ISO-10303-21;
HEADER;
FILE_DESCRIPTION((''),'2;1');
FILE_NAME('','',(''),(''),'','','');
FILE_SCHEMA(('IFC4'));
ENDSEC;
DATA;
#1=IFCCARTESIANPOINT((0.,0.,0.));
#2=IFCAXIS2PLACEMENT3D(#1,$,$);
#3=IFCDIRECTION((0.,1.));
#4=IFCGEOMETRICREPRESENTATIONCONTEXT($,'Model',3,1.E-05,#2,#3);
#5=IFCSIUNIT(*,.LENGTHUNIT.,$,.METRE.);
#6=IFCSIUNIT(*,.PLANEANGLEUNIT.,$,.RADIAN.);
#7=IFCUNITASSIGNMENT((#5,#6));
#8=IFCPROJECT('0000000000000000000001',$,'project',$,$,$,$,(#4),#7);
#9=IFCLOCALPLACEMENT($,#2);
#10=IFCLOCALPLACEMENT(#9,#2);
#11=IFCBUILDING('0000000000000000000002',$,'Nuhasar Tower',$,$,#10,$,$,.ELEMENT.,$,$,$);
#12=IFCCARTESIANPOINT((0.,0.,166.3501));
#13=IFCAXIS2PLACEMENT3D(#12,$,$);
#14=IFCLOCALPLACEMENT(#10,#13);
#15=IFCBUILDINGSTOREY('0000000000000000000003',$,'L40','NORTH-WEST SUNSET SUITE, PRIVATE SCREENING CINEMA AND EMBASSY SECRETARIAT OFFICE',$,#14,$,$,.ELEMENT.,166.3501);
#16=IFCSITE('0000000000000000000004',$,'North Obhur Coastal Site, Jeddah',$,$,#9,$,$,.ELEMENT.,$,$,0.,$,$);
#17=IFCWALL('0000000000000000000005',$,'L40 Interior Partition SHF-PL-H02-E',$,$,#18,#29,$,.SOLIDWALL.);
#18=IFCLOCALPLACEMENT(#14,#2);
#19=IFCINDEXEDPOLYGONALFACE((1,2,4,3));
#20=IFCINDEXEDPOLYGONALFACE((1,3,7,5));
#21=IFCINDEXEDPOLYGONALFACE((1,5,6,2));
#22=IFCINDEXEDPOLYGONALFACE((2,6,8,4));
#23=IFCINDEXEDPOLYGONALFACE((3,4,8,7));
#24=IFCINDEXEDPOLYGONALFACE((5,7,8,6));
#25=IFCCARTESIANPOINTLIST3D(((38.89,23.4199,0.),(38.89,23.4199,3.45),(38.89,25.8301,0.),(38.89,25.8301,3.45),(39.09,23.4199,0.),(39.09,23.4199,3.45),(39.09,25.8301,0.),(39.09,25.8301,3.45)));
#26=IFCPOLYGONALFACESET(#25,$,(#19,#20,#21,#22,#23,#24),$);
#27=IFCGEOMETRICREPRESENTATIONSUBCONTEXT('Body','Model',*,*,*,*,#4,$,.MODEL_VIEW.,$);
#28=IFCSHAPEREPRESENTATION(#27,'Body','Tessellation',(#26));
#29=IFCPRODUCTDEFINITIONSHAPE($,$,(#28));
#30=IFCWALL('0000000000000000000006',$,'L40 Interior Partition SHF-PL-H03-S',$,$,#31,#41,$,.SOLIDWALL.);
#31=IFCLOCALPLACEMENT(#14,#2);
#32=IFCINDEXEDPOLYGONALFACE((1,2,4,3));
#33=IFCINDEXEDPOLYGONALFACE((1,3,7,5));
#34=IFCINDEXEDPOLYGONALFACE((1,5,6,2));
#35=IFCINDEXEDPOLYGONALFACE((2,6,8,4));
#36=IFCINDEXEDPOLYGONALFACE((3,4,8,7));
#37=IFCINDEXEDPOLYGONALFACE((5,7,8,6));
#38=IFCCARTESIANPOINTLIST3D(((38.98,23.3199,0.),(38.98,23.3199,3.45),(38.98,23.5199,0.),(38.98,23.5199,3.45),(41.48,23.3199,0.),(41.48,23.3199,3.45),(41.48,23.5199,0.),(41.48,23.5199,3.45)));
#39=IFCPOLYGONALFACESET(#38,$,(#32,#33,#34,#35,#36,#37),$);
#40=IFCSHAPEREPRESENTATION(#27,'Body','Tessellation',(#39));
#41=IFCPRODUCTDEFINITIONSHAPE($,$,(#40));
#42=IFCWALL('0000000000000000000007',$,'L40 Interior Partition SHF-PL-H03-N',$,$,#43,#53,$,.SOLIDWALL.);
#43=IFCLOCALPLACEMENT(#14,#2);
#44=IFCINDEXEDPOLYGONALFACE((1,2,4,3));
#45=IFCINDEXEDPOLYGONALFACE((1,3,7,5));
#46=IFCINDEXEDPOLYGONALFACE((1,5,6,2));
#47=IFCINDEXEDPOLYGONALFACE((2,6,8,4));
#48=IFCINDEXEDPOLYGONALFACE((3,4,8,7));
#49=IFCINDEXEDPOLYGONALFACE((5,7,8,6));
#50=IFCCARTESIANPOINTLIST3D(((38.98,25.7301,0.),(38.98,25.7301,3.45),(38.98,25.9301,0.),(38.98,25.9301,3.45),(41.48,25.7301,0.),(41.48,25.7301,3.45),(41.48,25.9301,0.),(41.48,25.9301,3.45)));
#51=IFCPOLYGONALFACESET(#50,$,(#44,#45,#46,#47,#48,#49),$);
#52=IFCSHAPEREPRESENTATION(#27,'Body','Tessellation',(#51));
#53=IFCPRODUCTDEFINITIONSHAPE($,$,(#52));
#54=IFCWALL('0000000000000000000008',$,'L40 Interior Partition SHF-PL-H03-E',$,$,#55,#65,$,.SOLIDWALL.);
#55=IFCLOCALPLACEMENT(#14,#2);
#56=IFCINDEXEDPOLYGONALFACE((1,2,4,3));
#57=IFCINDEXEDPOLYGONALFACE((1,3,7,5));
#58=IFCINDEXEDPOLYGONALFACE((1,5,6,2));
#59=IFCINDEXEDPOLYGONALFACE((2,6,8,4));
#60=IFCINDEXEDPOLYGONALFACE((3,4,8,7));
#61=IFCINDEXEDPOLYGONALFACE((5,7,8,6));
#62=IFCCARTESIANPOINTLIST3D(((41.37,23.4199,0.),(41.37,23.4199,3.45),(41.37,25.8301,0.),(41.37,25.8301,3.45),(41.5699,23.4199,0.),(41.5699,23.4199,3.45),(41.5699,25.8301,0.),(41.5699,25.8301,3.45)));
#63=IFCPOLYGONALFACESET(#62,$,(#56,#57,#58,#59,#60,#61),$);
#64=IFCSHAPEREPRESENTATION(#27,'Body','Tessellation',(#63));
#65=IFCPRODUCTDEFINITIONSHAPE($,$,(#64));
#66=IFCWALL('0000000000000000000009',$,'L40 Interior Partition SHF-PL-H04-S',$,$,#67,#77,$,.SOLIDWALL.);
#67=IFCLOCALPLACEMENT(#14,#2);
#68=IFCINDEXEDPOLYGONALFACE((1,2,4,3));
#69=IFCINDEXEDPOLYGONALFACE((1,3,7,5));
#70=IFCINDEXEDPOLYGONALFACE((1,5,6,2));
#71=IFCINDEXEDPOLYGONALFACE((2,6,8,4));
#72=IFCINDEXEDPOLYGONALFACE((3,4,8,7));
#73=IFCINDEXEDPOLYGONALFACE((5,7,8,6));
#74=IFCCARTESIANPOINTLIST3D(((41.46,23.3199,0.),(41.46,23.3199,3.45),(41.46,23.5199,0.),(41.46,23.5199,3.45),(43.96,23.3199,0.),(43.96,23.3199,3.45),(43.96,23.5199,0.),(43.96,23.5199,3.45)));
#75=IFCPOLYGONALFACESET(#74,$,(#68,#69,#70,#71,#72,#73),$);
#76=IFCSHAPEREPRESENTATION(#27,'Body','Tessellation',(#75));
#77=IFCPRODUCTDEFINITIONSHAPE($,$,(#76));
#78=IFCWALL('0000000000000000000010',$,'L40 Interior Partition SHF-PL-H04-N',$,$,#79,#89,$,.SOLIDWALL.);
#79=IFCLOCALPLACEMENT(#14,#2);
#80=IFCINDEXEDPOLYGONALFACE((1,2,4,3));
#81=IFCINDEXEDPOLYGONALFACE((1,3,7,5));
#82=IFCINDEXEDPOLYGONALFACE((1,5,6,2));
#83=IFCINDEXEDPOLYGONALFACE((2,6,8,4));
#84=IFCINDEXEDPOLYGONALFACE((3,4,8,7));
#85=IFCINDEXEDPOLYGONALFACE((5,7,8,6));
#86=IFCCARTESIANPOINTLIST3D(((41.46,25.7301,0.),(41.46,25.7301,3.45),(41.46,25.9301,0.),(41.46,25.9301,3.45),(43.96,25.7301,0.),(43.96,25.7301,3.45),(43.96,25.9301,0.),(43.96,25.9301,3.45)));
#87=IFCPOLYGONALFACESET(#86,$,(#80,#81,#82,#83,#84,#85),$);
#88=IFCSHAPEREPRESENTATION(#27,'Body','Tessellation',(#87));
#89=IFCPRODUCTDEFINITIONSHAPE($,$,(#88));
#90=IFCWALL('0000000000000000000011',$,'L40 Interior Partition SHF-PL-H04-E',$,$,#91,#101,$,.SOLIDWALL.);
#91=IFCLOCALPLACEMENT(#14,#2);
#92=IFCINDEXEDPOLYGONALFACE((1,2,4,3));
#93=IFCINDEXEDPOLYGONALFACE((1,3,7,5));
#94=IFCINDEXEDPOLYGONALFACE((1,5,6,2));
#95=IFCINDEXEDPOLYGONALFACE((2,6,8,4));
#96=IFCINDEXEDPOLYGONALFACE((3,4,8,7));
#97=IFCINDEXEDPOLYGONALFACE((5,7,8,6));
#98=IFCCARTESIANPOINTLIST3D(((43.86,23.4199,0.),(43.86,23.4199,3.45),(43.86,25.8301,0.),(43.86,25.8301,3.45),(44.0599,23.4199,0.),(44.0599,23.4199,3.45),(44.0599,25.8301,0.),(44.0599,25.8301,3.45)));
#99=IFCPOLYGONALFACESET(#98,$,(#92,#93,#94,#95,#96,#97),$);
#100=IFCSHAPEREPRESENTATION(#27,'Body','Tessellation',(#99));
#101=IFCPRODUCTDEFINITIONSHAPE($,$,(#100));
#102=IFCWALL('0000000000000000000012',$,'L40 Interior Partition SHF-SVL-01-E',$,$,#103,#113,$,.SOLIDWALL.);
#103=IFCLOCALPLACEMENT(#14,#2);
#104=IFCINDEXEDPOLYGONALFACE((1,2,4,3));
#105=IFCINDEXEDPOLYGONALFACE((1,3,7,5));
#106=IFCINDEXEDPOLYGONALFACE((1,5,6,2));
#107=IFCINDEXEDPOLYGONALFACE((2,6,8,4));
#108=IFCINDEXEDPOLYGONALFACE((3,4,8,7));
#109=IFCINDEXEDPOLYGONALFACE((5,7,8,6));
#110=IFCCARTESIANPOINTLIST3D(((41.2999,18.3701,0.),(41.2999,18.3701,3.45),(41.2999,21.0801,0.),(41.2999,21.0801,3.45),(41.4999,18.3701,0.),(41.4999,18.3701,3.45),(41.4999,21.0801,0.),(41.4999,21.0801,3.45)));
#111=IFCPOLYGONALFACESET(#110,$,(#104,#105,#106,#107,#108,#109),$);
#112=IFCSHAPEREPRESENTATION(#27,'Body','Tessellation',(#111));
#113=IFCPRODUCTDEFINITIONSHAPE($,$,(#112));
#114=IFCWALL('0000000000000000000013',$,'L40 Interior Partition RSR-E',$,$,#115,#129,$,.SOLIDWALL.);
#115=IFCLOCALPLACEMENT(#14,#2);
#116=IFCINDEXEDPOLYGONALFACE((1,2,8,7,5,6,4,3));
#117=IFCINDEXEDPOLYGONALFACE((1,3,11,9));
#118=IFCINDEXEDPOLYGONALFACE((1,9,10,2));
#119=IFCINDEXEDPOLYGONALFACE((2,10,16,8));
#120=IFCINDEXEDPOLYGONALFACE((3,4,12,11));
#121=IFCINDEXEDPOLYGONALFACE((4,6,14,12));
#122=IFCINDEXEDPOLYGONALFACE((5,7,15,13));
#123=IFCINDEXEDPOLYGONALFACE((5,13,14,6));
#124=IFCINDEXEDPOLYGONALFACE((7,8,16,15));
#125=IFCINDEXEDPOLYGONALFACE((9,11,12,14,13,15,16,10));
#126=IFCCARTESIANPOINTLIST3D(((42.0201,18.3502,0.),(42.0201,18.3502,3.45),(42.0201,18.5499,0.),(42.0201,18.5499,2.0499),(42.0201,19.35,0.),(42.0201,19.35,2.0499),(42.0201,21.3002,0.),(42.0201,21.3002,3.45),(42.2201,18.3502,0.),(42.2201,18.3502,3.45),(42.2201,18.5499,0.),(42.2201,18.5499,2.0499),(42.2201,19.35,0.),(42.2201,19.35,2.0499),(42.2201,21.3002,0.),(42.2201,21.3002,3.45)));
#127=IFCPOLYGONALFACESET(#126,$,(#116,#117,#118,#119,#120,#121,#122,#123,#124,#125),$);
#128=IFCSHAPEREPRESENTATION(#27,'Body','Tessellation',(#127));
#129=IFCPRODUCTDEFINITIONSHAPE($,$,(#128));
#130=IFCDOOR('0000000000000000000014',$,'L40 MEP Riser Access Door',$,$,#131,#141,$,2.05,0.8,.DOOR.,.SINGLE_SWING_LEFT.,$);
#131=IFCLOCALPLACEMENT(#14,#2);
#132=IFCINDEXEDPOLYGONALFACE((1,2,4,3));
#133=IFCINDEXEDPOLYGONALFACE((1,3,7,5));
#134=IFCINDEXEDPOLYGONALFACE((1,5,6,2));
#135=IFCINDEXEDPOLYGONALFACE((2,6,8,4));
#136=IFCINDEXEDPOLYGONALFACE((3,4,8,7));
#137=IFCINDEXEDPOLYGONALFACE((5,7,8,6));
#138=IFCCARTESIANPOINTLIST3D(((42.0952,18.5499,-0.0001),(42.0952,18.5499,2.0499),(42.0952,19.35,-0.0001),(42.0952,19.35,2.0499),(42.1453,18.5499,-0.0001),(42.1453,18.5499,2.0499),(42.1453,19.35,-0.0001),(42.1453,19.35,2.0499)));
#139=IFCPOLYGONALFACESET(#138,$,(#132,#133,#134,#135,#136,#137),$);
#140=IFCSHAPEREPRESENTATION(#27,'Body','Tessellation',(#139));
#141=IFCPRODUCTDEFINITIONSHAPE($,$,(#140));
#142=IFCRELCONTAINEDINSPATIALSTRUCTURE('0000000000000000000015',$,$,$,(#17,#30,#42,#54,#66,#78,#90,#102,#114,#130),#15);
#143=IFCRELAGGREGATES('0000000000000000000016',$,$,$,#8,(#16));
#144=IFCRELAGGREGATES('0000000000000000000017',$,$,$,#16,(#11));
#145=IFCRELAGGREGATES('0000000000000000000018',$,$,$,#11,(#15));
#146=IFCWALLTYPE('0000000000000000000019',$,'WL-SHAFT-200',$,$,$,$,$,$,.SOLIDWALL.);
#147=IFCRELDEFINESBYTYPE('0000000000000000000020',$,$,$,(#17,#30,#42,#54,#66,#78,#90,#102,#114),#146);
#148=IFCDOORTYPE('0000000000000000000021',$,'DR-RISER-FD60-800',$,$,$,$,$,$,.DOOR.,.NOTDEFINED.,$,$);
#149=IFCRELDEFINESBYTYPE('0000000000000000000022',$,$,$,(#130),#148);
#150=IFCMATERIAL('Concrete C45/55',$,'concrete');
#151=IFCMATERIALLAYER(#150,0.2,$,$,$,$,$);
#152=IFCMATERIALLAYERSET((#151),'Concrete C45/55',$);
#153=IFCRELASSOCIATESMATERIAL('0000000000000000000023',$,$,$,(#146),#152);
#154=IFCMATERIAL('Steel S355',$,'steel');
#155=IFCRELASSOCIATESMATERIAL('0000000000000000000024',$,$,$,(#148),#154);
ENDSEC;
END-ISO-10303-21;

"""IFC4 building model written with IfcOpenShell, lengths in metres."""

from ifc_helpers import new_model, si_unit, direction, frame, frame_2d, origin, place, context, subcontext, project, spatial, rectangle, extrude, material, layer, layer_set, type_object, element, fill, save


model = new_model("IFC4")

# Units and contexts
model_context = context("Model", 3, precision=1e-05, world=origin(), true_north=direction((0.0, 1.0)))
body_context = subcontext(model_context, "Body", "Model", "MODEL_VIEW")
ifc_project = project(units=[si_unit("LENGTHUNIT", "METRE"), si_unit("PLANEANGLEUNIT", "RADIAN")], contexts=[model_context])

# Site, building, storey
site_placement = place(None, origin())
site = spatial("IfcSite", under=ifc_project, at=site_placement, Name="North Obhur Coastal Site, Jeddah", CompositionType="ELEMENT", RefElevation=0.0)
building_placement = place(site_placement, origin())
building = spatial("IfcBuilding", under=site, at=building_placement, Name="Nuhasar Tower", CompositionType="ELEMENT")
storey_placement = place(building_placement, frame((0.0, 0.0, 166.3501)))
storey = spatial("IfcBuildingStorey", under=building, at=storey_placement, Name="L40", Description="NORTH-WEST SUNSET SUITE, PRIVATE SCREENING CINEMA AND EMBASSY SECRETARIAT OFFICE", CompositionType="ELEMENT", Elevation=166.3501)

# Shared definitions
ifc_material_1 = material(Name="Steel S355", Category="steel")

# Shared definitions
ifc_material_2 = material(Name="Concrete C45/55", Category="concrete")

# Shared definitions
ifc_layer_1 = layer(ifc_material_2, 0.2)
ifc_layer_set_1 = layer_set([ifc_layer_1], Name="Concrete C45/55")
wall_type_1 = type_object("IfcWallType", Name="WL-SHAFT-200", PredefinedType="SOLIDWALL", material=ifc_layer_set_1)

# Walls
wall_1_placement = place(storey_placement, frame((38.99, 23.4199, 0.0), z_axis=(0.0, 0.0, 1.0), x_axis=(0.0, 1.0, 0.0)))
element("IfcWall", 1, at=wall_1_placement, inside=storey, type_object=wall_type_1, Name="L40 Interior Partition SHF-PL-H02-E", PredefinedType="SOLIDWALL", context=body_context, shape_type="SweptSolid", body=[
    extrude(rectangle(XDim=2.4102, YDim=0.2, at=frame_2d((1.2051, 0.0))), origin(), (0.0, 0.0, 1.0), 3.45),
])
for number, where, z_axis, x_axis, name in (
    (2, (38.98, 23.4199, 0.0), (0.0, 0.0, 1.0), (1.0, 0.0, 0.0), "L40 Interior Partition SHF-PL-H03-S"),
    (3, (38.98, 25.8301, 0.0), (0.0, 0.0, 1.0), (1.0, 0.0, 0.0), "L40 Interior Partition SHF-PL-H03-N"),
):
    element("IfcWall", number, at=place(storey_placement, frame(where, z_axis=z_axis, x_axis=x_axis)), inside=storey, type_object=wall_type_1, Name=name, PredefinedType="SOLIDWALL", context=body_context, shape_type="SweptSolid", body=[
        extrude(rectangle(XDim=2.5, YDim=0.2, at=frame_2d((1.25, 0.0))), origin(), (0.0, 0.0, 1.0), 3.45),
    ])
wall_2_placement = place(storey_placement, frame((41.47, 23.4199, 0.0), z_axis=(0.0, 0.0, 1.0), x_axis=(0.0, 1.0, 0.0)))
element("IfcWall", 4, at=wall_2_placement, inside=storey, type_object=wall_type_1, Name="L40 Interior Partition SHF-PL-H03-E", PredefinedType="SOLIDWALL", context=body_context, shape_type="SweptSolid", body=[
    extrude(rectangle(XDim=2.4102, YDim=0.2, at=frame_2d((1.2051, 0.0))), origin(), (0.0, 0.0, 1.0), 3.45),
])
for number, where, z_axis, x_axis, name in (
    (5, (41.46, 23.4199, 0.0), (0.0, 0.0, 1.0), (1.0, 0.0, 0.0), "L40 Interior Partition SHF-PL-H04-S"),
    (6, (41.46, 25.8301, 0.0), (0.0, 0.0, 1.0), (1.0, 0.0, 0.0), "L40 Interior Partition SHF-PL-H04-N"),
):
    element("IfcWall", number, at=place(storey_placement, frame(where, z_axis=z_axis, x_axis=x_axis)), inside=storey, type_object=wall_type_1, Name=name, PredefinedType="SOLIDWALL", context=body_context, shape_type="SweptSolid", body=[
        extrude(rectangle(XDim=2.5, YDim=0.2, at=frame_2d((1.25, 0.0))), origin(), (0.0, 0.0, 1.0), 3.45),
    ])
wall_3_placement = place(storey_placement, frame((43.96, 23.4199, 0.0), z_axis=(0.0, 0.0, 1.0), x_axis=(0.0, 1.0, 0.0)))
element("IfcWall", 7, at=wall_3_placement, inside=storey, type_object=wall_type_1, Name="L40 Interior Partition SHF-PL-H04-E", PredefinedType="SOLIDWALL", context=body_context, shape_type="SweptSolid", body=[
    extrude(rectangle(XDim=2.4102, YDim=0.2, at=frame_2d((1.2051, 0.0))), origin(), (0.0, 0.0, 1.0), 3.45),
])
wall_4_placement = place(storey_placement, frame((41.3999, 18.3701, 0.0), z_axis=(0.0, 0.0, 1.0), x_axis=(0.0, 1.0, 0.0)))
element("IfcWall", 8, at=wall_4_placement, inside=storey, type_object=wall_type_1, Name="L40 Interior Partition SHF-SVL-01-E", PredefinedType="SOLIDWALL", context=body_context, shape_type="SweptSolid", body=[
    extrude(rectangle(XDim=2.71, YDim=0.2, at=frame_2d((1.355, 0.0))), origin(), (0.0, 0.0, 1.0), 3.45),
])

# Wall, opening, door
wall_5_placement = place(storey_placement, frame((42.1201, 18.3501, 0.0), z_axis=(0.0, 0.0, 1.0), x_axis=(0.0, 1.0, 0.0)))
wall_5 = element("IfcWall", 9, at=wall_5_placement, inside=storey, type_object=wall_type_1, Name="L40 Interior Partition RSR-E", PredefinedType="SOLIDWALL", context=body_context, shape_type="SweptSolid", body=[
    extrude(rectangle(XDim=2.95, YDim=0.2, at=frame_2d((1.4751, 0.0))), origin(), (0.0, 0.0, 1.0), 3.45),
])
opening_1_placement = place(wall_5_placement, frame((0.2, 0.0, 0.0)))
opening_1 = element("IfcOpeningElement", 10, at=opening_1_placement, cuts=wall_5, PredefinedType="OPENING", context=body_context, shape_type="SweptSolid", body=[
    extrude(rectangle(XDim=0.8, YDim=2.05, at=frame_2d((0.3999, 1.0249))), frame((0.0, 0.1099, 0.0), z_axis=(0.0, -1.0, 0.0), x_axis=(1.0, 0.0, 0.0)), (0.0, 0.0, 1.0), 0.22),
])
door_type_1 = type_object("IfcDoorType", Name="DR-RISER-FD60-800", OperationType="NOTDEFINED", PredefinedType="DOOR", material=ifc_material_1)
door_1_placement = place(opening_1_placement, origin())
door_1 = element("IfcDoor", 11, at=door_1_placement, inside=storey, type_object=door_type_1, Name="L40 MEP Riser Access Door", OperationType="SINGLE_SWING_LEFT", OverallHeight=2.05, OverallWidth=0.8, PredefinedType="DOOR", context=body_context, shape_type="SweptSolid", body=[
    extrude(rectangle(XDim=0.8, YDim=2.05, at=frame_2d((0.3999, 1.0249))), frame((0.0, 0.0249, 0.0), z_axis=(0.0, -1.0, 0.0), x_axis=(1.0, 0.0, 0.0)), (0.0, 0.0, 1.0), 0.05),
])
fill(opening_1, door_1)

save(model, "model.ifc")
